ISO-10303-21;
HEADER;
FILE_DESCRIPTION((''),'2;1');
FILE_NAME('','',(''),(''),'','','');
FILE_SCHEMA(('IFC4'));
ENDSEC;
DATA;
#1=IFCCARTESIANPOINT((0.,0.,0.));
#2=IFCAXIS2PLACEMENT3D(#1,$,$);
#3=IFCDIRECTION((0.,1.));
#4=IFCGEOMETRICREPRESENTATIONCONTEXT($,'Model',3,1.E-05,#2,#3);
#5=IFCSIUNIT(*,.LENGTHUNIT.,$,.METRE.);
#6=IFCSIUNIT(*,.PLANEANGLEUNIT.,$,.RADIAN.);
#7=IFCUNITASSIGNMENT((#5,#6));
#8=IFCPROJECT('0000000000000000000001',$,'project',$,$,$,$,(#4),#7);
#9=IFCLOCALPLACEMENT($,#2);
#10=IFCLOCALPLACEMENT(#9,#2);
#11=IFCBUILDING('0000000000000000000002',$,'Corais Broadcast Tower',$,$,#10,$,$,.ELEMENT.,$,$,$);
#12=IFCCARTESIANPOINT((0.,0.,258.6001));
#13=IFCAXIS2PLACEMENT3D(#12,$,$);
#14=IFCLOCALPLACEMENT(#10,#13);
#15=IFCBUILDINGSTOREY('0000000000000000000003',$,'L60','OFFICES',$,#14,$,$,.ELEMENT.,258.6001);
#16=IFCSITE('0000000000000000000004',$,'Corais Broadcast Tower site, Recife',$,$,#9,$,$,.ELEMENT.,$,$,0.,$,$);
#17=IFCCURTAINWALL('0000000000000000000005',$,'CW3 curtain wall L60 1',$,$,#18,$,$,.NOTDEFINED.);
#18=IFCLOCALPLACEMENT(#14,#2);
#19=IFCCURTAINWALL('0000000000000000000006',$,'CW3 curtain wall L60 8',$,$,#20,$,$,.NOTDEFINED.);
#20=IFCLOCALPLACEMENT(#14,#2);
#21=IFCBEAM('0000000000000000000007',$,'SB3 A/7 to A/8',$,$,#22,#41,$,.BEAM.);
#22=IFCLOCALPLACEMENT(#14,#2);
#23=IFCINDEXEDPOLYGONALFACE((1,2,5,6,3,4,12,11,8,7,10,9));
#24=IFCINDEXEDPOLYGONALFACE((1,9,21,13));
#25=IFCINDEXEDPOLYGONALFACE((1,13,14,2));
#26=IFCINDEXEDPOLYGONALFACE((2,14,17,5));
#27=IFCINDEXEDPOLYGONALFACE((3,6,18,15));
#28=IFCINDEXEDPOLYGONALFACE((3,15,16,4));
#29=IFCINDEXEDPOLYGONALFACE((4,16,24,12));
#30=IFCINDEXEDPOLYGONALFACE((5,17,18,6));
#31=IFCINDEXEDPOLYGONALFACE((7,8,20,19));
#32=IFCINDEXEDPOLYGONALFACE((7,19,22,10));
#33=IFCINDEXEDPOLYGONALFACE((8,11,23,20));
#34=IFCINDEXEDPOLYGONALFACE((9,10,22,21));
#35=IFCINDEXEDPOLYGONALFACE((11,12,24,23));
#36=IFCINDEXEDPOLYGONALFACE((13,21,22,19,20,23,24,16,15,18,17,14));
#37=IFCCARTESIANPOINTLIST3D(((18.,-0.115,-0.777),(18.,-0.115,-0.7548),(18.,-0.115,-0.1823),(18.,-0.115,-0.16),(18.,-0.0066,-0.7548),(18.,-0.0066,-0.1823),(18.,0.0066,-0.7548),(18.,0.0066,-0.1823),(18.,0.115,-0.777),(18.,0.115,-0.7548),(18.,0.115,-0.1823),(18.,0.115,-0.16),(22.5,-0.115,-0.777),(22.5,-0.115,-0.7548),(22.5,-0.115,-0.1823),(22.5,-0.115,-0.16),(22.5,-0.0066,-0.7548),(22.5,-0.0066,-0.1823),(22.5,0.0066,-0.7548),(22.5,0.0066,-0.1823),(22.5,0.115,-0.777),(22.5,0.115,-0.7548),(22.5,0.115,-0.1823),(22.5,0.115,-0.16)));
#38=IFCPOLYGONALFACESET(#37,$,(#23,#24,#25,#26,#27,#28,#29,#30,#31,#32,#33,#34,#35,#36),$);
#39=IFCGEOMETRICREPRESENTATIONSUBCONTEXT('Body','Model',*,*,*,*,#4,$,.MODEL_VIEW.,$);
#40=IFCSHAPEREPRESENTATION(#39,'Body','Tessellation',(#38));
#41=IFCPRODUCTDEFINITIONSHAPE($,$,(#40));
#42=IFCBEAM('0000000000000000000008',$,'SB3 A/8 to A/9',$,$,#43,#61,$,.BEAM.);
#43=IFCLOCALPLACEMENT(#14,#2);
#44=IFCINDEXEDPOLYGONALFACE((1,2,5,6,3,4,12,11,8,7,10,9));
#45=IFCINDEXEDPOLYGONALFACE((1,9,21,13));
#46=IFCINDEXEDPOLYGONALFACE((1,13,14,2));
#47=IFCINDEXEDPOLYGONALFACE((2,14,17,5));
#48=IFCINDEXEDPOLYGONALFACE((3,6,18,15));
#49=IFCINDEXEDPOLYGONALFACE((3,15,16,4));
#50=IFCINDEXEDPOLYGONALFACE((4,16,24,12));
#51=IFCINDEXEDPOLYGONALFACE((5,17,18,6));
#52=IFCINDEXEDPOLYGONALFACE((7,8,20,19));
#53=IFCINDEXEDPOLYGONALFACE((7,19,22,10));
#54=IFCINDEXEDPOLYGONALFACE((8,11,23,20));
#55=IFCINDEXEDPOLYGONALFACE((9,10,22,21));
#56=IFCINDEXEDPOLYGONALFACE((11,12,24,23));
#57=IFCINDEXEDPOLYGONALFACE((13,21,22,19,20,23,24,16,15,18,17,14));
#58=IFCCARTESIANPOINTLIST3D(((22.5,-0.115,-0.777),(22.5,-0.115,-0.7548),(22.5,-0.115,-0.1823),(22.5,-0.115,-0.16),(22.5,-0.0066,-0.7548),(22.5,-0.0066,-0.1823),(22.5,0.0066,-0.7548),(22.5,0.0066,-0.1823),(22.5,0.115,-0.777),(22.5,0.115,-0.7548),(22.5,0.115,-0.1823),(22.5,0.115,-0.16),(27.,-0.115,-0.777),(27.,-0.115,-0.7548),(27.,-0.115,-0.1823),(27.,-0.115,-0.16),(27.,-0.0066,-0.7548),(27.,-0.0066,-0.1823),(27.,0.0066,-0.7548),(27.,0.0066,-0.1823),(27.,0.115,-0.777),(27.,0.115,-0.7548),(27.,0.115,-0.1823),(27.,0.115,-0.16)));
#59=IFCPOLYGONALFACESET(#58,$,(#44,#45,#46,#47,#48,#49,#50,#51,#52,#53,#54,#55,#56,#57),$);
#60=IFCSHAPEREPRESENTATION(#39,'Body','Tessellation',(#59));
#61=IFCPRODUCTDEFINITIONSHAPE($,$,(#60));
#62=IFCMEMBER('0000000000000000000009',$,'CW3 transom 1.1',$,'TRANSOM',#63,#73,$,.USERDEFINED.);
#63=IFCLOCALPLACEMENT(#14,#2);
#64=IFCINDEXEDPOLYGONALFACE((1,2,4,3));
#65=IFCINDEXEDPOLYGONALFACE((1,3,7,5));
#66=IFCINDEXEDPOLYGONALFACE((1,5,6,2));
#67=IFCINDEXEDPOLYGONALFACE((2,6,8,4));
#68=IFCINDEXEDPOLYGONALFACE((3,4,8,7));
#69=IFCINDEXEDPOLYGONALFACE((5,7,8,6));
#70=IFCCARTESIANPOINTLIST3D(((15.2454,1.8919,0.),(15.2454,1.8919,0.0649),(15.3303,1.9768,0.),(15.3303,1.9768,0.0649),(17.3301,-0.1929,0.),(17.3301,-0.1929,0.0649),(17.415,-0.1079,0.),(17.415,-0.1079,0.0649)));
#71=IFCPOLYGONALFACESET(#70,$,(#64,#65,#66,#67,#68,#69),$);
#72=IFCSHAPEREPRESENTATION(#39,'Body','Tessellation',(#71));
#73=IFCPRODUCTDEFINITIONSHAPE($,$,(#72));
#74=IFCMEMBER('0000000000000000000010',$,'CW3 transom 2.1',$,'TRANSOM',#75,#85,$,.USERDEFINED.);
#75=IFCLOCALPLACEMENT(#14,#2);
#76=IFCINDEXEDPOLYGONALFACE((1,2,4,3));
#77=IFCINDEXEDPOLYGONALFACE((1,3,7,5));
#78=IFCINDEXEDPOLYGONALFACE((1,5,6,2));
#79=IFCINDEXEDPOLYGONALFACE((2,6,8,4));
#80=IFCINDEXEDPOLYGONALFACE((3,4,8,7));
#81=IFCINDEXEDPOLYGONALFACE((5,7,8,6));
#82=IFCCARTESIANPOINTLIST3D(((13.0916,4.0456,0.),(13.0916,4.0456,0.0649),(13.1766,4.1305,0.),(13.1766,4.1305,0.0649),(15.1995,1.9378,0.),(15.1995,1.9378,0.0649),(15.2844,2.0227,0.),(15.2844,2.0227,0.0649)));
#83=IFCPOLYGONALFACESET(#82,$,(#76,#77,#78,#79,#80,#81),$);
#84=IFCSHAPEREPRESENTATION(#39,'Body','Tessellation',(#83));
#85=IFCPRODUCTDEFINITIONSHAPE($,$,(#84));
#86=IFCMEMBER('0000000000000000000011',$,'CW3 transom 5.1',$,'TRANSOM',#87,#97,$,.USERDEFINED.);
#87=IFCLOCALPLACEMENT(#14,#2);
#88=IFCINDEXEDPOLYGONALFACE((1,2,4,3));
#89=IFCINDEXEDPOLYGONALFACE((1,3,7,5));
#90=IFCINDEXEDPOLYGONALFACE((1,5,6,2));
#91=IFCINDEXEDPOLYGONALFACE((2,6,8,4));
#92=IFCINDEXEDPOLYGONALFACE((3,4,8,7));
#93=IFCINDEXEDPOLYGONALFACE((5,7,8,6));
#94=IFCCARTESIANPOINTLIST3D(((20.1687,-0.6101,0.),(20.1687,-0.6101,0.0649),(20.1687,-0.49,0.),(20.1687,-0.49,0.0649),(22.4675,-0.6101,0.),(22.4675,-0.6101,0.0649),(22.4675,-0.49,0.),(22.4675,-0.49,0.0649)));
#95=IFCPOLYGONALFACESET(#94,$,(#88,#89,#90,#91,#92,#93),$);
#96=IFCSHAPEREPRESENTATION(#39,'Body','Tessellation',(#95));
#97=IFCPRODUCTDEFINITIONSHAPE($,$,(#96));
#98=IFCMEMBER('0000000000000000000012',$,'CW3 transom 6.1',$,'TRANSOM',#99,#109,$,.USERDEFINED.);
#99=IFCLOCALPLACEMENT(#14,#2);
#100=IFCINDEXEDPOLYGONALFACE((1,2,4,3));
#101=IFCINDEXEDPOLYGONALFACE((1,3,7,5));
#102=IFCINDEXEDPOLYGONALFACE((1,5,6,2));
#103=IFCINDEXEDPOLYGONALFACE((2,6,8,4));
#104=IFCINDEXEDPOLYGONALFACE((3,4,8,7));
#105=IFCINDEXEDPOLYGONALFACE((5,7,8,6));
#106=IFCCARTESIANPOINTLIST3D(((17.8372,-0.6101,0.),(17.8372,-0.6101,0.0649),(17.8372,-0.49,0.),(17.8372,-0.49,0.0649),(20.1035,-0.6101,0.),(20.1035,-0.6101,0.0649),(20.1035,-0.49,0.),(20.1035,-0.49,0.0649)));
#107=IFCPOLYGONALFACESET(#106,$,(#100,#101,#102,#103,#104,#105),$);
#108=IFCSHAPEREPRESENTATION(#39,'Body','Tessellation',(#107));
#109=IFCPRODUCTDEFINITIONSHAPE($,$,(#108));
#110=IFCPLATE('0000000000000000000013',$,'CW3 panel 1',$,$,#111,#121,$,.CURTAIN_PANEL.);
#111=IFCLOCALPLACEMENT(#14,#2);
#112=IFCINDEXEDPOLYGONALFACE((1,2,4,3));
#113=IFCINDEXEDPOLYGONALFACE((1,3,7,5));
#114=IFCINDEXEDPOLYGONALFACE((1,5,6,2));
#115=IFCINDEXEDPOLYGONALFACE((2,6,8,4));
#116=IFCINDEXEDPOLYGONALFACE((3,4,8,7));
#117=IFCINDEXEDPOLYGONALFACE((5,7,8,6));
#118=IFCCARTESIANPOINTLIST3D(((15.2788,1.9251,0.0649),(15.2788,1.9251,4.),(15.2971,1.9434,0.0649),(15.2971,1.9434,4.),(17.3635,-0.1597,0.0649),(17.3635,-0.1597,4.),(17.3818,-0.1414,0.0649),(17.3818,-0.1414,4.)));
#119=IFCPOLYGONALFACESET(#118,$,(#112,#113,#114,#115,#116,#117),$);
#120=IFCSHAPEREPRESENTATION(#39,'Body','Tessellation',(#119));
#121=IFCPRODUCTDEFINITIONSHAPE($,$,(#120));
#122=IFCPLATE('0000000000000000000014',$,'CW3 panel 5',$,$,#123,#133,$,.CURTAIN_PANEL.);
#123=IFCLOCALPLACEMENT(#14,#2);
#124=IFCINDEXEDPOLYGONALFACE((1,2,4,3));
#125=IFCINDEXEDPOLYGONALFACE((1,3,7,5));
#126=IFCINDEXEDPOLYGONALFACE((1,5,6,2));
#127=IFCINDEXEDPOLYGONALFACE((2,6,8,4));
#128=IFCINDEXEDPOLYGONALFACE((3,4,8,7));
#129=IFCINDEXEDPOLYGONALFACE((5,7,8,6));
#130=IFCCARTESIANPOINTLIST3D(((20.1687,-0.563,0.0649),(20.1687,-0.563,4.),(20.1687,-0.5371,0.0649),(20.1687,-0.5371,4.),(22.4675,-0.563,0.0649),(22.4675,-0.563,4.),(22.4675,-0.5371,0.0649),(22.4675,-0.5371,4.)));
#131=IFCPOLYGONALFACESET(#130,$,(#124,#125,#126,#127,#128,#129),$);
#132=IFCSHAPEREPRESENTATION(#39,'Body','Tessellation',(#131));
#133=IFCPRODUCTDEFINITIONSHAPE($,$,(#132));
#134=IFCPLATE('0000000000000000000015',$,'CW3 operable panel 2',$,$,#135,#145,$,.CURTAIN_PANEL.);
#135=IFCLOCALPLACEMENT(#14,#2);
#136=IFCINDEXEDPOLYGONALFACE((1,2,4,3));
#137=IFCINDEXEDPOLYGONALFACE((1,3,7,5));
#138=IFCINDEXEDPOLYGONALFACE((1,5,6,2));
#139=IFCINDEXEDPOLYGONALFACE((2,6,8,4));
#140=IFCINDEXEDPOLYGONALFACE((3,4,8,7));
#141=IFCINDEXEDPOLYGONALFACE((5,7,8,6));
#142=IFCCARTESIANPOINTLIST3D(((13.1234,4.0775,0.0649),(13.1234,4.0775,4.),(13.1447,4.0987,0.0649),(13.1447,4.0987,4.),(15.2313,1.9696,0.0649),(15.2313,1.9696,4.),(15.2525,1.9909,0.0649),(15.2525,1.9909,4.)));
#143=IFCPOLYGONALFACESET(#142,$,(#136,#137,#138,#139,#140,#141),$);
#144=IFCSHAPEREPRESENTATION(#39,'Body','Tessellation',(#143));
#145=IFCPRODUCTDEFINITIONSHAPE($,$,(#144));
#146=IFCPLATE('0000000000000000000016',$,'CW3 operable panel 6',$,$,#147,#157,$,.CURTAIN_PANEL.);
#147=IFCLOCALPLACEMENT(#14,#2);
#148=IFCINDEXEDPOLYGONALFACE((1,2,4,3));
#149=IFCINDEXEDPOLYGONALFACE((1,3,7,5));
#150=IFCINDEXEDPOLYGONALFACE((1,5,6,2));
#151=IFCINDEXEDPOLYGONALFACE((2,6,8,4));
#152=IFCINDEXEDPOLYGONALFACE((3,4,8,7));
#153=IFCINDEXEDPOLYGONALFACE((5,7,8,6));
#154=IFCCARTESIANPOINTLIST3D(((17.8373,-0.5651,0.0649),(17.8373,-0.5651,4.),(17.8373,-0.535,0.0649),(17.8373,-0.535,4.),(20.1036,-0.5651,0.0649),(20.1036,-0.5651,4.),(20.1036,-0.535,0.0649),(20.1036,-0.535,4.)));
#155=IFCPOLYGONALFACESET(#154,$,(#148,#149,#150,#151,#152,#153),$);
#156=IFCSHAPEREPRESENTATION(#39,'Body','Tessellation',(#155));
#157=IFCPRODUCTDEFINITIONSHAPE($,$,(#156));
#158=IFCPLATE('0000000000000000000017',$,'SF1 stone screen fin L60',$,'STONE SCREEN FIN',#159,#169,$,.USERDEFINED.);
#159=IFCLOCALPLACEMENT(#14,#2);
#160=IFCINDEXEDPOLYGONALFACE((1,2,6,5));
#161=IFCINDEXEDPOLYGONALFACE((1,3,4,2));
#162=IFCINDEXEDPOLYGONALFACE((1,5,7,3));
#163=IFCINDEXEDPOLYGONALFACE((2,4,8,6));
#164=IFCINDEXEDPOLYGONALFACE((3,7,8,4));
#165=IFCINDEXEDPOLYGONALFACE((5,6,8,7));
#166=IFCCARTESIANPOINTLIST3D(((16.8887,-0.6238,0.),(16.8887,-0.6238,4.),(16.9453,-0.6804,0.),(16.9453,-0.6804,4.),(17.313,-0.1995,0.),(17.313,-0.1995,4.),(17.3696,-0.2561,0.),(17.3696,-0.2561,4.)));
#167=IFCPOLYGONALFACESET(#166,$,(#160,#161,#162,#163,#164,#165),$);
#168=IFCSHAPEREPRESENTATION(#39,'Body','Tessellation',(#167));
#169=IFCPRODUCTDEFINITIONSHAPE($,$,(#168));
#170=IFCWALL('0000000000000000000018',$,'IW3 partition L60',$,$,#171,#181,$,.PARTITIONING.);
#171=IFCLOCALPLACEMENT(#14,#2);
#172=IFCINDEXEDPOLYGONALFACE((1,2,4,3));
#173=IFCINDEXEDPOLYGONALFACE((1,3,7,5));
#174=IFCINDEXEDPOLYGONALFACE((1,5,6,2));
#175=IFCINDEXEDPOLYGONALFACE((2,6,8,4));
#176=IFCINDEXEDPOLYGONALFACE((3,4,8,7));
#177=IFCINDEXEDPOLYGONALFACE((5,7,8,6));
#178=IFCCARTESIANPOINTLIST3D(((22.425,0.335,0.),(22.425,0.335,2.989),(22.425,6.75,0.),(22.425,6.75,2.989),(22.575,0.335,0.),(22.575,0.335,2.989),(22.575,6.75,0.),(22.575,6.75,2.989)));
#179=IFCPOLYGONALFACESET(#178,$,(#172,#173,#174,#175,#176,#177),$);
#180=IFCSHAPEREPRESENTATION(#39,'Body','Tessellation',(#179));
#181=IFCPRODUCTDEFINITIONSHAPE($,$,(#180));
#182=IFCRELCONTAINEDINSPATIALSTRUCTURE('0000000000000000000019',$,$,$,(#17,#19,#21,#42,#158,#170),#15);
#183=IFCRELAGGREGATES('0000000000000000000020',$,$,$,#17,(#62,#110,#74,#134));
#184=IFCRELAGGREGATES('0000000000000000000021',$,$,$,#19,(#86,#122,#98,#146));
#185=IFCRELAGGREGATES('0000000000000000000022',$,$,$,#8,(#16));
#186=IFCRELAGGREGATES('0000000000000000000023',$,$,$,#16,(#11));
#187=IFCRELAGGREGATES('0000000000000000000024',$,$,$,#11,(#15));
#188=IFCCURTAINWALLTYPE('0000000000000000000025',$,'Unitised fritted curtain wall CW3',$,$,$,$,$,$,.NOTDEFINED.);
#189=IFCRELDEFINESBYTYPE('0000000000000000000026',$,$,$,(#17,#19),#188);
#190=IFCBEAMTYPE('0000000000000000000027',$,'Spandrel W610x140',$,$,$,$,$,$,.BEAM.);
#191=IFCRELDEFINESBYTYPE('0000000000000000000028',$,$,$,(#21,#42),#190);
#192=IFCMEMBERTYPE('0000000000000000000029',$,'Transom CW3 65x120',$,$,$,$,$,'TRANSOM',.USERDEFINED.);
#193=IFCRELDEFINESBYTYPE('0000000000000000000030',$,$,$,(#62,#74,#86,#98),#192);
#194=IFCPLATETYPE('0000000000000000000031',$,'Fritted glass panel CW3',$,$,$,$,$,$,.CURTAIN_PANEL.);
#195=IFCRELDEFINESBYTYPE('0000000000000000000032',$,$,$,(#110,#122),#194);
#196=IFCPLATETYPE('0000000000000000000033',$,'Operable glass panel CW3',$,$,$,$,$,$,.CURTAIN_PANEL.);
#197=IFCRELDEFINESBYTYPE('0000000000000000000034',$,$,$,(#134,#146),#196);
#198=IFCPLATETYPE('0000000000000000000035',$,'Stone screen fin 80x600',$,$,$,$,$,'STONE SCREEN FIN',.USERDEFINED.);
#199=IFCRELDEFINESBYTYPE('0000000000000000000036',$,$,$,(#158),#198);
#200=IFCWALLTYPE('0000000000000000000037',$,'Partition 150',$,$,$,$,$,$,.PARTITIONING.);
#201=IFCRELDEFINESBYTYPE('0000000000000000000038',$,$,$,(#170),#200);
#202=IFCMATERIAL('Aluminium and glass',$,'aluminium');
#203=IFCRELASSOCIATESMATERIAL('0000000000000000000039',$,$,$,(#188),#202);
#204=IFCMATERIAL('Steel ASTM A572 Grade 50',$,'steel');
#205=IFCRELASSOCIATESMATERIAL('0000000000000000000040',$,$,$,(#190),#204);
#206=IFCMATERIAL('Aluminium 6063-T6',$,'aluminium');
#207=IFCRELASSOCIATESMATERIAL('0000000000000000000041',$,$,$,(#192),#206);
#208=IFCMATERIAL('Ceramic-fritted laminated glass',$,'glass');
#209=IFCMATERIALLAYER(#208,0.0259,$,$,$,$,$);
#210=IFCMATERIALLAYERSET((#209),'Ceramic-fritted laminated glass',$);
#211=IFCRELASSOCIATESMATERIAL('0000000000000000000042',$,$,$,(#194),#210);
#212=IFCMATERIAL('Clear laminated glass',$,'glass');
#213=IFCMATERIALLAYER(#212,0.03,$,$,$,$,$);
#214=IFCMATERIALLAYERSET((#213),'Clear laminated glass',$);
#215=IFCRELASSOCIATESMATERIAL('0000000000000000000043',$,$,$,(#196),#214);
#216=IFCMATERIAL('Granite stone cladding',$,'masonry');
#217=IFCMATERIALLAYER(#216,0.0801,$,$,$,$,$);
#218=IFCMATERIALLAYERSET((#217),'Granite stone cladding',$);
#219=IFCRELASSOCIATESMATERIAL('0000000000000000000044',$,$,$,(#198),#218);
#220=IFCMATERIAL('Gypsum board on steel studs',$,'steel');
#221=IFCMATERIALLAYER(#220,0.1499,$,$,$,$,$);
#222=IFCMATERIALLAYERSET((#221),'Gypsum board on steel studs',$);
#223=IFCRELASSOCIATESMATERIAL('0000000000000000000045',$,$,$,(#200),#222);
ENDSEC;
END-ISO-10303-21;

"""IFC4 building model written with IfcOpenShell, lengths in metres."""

from ifc_helpers import new_model, si_unit, direction, frame, frame_2d, origin, origin_2d, place, context, subcontext, project, spatial, rectangle, i_section, extrude, material, layer, layer_set, material_profile, profile_set, type_object, element, aggregate, save


model = new_model("IFC4")

# Units and contexts
model_context = context("Model", 3, precision=1e-05, world=origin(), true_north=direction((0.0, 1.0)))
body_context = subcontext(model_context, "Body", "Model", "MODEL_VIEW")
ifc_project = project(units=[si_unit("LENGTHUNIT", "METRE"), si_unit("PLANEANGLEUNIT", "RADIAN")], contexts=[model_context])

# Site, building, storey
site_placement = place(None, origin())
site = spatial("IfcSite", under=ifc_project, at=site_placement, Name="Corais Broadcast Tower site, Recife", CompositionType="ELEMENT", RefElevation=0.0)
building_placement = place(site_placement, origin())
building = spatial("IfcBuilding", under=site, at=building_placement, Name="Corais Broadcast Tower", CompositionType="ELEMENT")
storey_placement = place(building_placement, frame((0.0, 0.0, 258.6001)))
storey = spatial("IfcBuildingStorey", under=building, at=storey_placement, Name="L60", Description="OFFICES", CompositionType="ELEMENT", Elevation=258.6001)

# Curtain walls
ifc_material_1 = material(Name="Aluminium and glass", Category="aluminium")
curtain_wall_type = type_object("IfcCurtainWallType", Name="Unitised fritted curtain wall CW3", PredefinedType="NOTDEFINED", material=ifc_material_1)
curtain_wall_1_placement = place(storey_placement, origin())
curtain_wall_1 = element("IfcCurtainWall", 1, at=curtain_wall_1_placement, inside=storey, type_object=curtain_wall_type, Name="CW3 curtain wall L60 1", PredefinedType="NOTDEFINED")
curtain_wall_2_placement = place(storey_placement, origin())
curtain_wall_2 = element("IfcCurtainWall", 2, at=curtain_wall_2_placement, inside=storey, type_object=curtain_wall_type, Name="CW3 curtain wall L60 8", PredefinedType="NOTDEFINED")

# Beams
ifc_material_2 = material(Name="Steel ASTM A572 Grade 50", Category="steel")
ifc_material_profile_1 = material_profile(ifc_material_2, i_section(OverallWidth=0.23, OverallDepth=0.6169, WebThickness=0.0132, FlangeThickness=0.0222, at=origin_2d()), Name="W610x140")
ifc_profile_set_1 = profile_set([ifc_material_profile_1], Name="Steel ASTM A572 Grade 50")
beam_type_1 = type_object("IfcBeamType", Name="Spandrel W610x140", PredefinedType="BEAM", material=ifc_profile_set_1)
for number, where, z_axis, x_axis, name in (
    (3, (18.0, 0.0, -0.4685), (1.0, 0.0, 0.0), (0.0, 1.0, 0.0), "SB3 A/7 to A/8"),
    (4, (22.5, 0.0, -0.4685), (1.0, 0.0, 0.0), (0.0, 1.0, 0.0), "SB3 A/8 to A/9"),
):
    element("IfcBeam", number, at=place(storey_placement, frame(where, z_axis=z_axis, x_axis=x_axis)), inside=storey, type_object=beam_type_1, Name=name, PredefinedType="BEAM", context=body_context, shape_type="SweptSolid", body=[
        extrude(i_section(OverallWidth=0.23, OverallDepth=0.6169, WebThickness=0.0132, FlangeThickness=0.0222, at=origin_2d()), origin(), (0.0, 0.0, 1.0), 4.5),
    ])

# Members
ifc_material_3 = material(Name="Aluminium 6063-T6", Category="aluminium")
ifc_material_profile_2 = material_profile(ifc_material_3, rectangle(XDim=0.1201, YDim=0.0649, at=origin_2d()), Name="Transom CW3 65x120")
ifc_profile_set_2 = profile_set([ifc_material_profile_2], Name="Aluminium 6063-T6")
member_type_1 = type_object("IfcMemberType", Name="Transom CW3 65x120", ElementType="TRANSOM", PredefinedType="USERDEFINED", material=ifc_profile_set_2)
member_1_placement = place(storey_placement, frame((17.3726, -0.1504, 0.0325), z_axis=(-0.707107, 0.707107, 0.0), x_axis=(-0.707107, -0.707107, 0.0)))
member_1 = element("IfcMember", 5, at=member_1_placement, type_object=member_type_1, Name="CW3 transom 1.1", ObjectType="TRANSOM", PredefinedType="USERDEFINED", context=body_context, shape_type="SweptSolid", body=[
    extrude(rectangle(XDim=0.1201, YDim=0.0649, at=origin_2d()), origin(), (0.0, 0.0, 1.0), 2.9482),
])
member_2_placement = place(storey_placement, frame((15.2419, 1.9802, 0.0325), z_axis=(-0.707107, 0.707107, 0.0), x_axis=(-0.707107, -0.707107, 0.0)))
member_2 = element("IfcMember", 6, at=member_2_placement, type_object=member_type_1, Name="CW3 transom 2.1", ObjectType="TRANSOM", PredefinedType="USERDEFINED", context=body_context, shape_type="SweptSolid", body=[
    extrude(rectangle(XDim=0.1201, YDim=0.0649, at=origin_2d()), origin(), (0.0, 0.0, 1.0), 2.981),
])
member_3_placement = place(storey_placement, frame((22.4675, -0.55, 0.0325), z_axis=(-1.0, 0.0, 0.0), x_axis=(0.0, -1.0, 0.0)))
member_3 = element("IfcMember", 7, at=member_3_placement, type_object=member_type_1, Name="CW3 transom 5.1", ObjectType="TRANSOM", PredefinedType="USERDEFINED", context=body_context, shape_type="SweptSolid", body=[
    extrude(rectangle(XDim=0.1201, YDim=0.0649, at=origin_2d()), origin(), (0.0, 0.0, 1.0), 2.2988),
])
member_4_placement = place(storey_placement, frame((20.1035, -0.55, 0.0325), z_axis=(-1.0, 0.0, 0.0), x_axis=(0.0, -1.0, 0.0)))
member_4 = element("IfcMember", 8, at=member_4_placement, type_object=member_type_1, Name="CW3 transom 6.1", ObjectType="TRANSOM", PredefinedType="USERDEFINED", context=body_context, shape_type="SweptSolid", body=[
    extrude(rectangle(XDim=0.1201, YDim=0.0649, at=origin_2d()), origin(), (0.0, 0.0, 1.0), 2.2664),
])

# Plates
ifc_material_4 = material(Name="Ceramic-fritted laminated glass", Category="glass")
ifc_layer_1 = layer(ifc_material_4, 0.0259)
ifc_layer_set_1 = layer_set([ifc_layer_1], Name="Ceramic-fritted laminated glass")
plate_type_1 = type_object("IfcPlateType", Name="Fritted glass panel CW3", PredefinedType="CURTAIN_PANEL", material=ifc_layer_set_1)
plate_1_placement = place(storey_placement, frame((16.3303, 0.8918, 0.0649), z_axis=(0.0, 0.0, 1.0), x_axis=(-0.707107, 0.707107, 0.0)))
plate_1 = element("IfcPlate", 9, at=plate_1_placement, type_object=plate_type_1, Name="CW3 panel 1", PredefinedType="CURTAIN_PANEL", context=body_context, shape_type="SweptSolid", body=[
    extrude(rectangle(XDim=2.9482, YDim=0.0259, at=origin_2d()), origin(), (0.0, 0.0, 1.0), 3.9351),
])
plate_2_placement = place(storey_placement, frame((21.3181, -0.55, 0.0649), z_axis=(0.0, 0.0, 1.0), x_axis=(-1.0, 0.0, 0.0)))
plate_2 = element("IfcPlate", 10, at=plate_2_placement, type_object=plate_type_1, Name="CW3 panel 5", PredefinedType="CURTAIN_PANEL", context=body_context, shape_type="SweptSolid", body=[
    extrude(rectangle(XDim=2.2988, YDim=0.0259, at=origin_2d()), origin(), (0.0, 0.0, 1.0), 3.9351),
])
ifc_material_5 = material(Name="Clear laminated glass", Category="glass")
ifc_layer_2 = layer(ifc_material_5, 0.03)
ifc_layer_set_2 = layer_set([ifc_layer_2], Name="Clear laminated glass")
plate_type_2 = type_object("IfcPlateType", Name="Operable glass panel CW3", PredefinedType="CURTAIN_PANEL", material=ifc_layer_set_2)
plate_3_placement = place(storey_placement, frame((14.188, 3.0342, 0.0649), z_axis=(0.0, 0.0, 1.0), x_axis=(-0.707107, 0.707107, 0.0)))
plate_3 = element("IfcPlate", 11, at=plate_3_placement, type_object=plate_type_2, Name="CW3 operable panel 2", PredefinedType="CURTAIN_PANEL", context=body_context, shape_type="SweptSolid", body=[
    extrude(rectangle(XDim=2.981, YDim=0.03, at=origin_2d()), origin(), (0.0, 0.0, 1.0), 3.9351),
])
aggregate(curtain_wall_1, [member_1, plate_1, member_2, plate_3])
plate_4_placement = place(storey_placement, frame((18.9705, -0.55, 0.0649), z_axis=(0.0, 0.0, 1.0), x_axis=(-1.0, 0.0, 0.0)))
plate_4 = element("IfcPlate", 12, at=plate_4_placement, type_object=plate_type_2, Name="CW3 operable panel 6", PredefinedType="CURTAIN_PANEL", context=body_context, shape_type="SweptSolid", body=[
    extrude(rectangle(XDim=2.2664, YDim=0.03, at=origin_2d()), origin(), (0.0, 0.0, 1.0), 3.9351),
])
aggregate(curtain_wall_2, [member_3, plate_2, member_4, plate_4])
ifc_material_6 = material(Name="Granite stone cladding", Category="masonry")
ifc_layer_3 = layer(ifc_material_6, 0.0801)
ifc_layer_set_3 = layer_set([ifc_layer_3], Name="Granite stone cladding")
plate_type_3 = type_object("IfcPlateType", Name="Stone screen fin 80x600", ElementType="STONE SCREEN FIN", PredefinedType="USERDEFINED", material=ifc_layer_set_3)
plate_5_placement = place(storey_placement, frame((17.1292, -0.4399, 0.0), z_axis=(0.0, 0.0, 1.0), x_axis=(-0.707107, 0.707107, 0.0)))
element("IfcPlate", 13, at=plate_5_placement, inside=storey, type_object=plate_type_3, Name="SF1 stone screen fin L60", ObjectType="STONE SCREEN FIN", PredefinedType="USERDEFINED", context=body_context, shape_type="SweptSolid", body=[
    extrude(rectangle(XDim=0.0801, YDim=0.6001, at=origin_2d()), origin(), (0.0, 0.0, 1.0), 4.0),
])

# Wall
ifc_material_7 = material(Name="Gypsum board on steel studs", Category="steel")
ifc_layer_4 = layer(ifc_material_7, 0.1499)
ifc_layer_set_4 = layer_set([ifc_layer_4], Name="Gypsum board on steel studs")
wall_type = type_object("IfcWallType", Name="Partition 150", PredefinedType="PARTITIONING", material=ifc_layer_set_4)
wall_1_placement = place(storey_placement, frame((22.5, 0.335, 0.0), z_axis=(0.0, 0.0, 1.0), x_axis=(0.0, 1.0, 0.0)))
element("IfcWall", 14, at=wall_1_placement, inside=storey, type_object=wall_type, Name="IW3 partition L60", PredefinedType="PARTITIONING", context=body_context, shape_type="SweptSolid", body=[
    extrude(rectangle(XDim=6.415, YDim=0.1499, at=frame_2d((3.2075, 0.0))), origin(), (0.0, 0.0, 1.0), 2.989),
])

save(model, "model.ifc")
